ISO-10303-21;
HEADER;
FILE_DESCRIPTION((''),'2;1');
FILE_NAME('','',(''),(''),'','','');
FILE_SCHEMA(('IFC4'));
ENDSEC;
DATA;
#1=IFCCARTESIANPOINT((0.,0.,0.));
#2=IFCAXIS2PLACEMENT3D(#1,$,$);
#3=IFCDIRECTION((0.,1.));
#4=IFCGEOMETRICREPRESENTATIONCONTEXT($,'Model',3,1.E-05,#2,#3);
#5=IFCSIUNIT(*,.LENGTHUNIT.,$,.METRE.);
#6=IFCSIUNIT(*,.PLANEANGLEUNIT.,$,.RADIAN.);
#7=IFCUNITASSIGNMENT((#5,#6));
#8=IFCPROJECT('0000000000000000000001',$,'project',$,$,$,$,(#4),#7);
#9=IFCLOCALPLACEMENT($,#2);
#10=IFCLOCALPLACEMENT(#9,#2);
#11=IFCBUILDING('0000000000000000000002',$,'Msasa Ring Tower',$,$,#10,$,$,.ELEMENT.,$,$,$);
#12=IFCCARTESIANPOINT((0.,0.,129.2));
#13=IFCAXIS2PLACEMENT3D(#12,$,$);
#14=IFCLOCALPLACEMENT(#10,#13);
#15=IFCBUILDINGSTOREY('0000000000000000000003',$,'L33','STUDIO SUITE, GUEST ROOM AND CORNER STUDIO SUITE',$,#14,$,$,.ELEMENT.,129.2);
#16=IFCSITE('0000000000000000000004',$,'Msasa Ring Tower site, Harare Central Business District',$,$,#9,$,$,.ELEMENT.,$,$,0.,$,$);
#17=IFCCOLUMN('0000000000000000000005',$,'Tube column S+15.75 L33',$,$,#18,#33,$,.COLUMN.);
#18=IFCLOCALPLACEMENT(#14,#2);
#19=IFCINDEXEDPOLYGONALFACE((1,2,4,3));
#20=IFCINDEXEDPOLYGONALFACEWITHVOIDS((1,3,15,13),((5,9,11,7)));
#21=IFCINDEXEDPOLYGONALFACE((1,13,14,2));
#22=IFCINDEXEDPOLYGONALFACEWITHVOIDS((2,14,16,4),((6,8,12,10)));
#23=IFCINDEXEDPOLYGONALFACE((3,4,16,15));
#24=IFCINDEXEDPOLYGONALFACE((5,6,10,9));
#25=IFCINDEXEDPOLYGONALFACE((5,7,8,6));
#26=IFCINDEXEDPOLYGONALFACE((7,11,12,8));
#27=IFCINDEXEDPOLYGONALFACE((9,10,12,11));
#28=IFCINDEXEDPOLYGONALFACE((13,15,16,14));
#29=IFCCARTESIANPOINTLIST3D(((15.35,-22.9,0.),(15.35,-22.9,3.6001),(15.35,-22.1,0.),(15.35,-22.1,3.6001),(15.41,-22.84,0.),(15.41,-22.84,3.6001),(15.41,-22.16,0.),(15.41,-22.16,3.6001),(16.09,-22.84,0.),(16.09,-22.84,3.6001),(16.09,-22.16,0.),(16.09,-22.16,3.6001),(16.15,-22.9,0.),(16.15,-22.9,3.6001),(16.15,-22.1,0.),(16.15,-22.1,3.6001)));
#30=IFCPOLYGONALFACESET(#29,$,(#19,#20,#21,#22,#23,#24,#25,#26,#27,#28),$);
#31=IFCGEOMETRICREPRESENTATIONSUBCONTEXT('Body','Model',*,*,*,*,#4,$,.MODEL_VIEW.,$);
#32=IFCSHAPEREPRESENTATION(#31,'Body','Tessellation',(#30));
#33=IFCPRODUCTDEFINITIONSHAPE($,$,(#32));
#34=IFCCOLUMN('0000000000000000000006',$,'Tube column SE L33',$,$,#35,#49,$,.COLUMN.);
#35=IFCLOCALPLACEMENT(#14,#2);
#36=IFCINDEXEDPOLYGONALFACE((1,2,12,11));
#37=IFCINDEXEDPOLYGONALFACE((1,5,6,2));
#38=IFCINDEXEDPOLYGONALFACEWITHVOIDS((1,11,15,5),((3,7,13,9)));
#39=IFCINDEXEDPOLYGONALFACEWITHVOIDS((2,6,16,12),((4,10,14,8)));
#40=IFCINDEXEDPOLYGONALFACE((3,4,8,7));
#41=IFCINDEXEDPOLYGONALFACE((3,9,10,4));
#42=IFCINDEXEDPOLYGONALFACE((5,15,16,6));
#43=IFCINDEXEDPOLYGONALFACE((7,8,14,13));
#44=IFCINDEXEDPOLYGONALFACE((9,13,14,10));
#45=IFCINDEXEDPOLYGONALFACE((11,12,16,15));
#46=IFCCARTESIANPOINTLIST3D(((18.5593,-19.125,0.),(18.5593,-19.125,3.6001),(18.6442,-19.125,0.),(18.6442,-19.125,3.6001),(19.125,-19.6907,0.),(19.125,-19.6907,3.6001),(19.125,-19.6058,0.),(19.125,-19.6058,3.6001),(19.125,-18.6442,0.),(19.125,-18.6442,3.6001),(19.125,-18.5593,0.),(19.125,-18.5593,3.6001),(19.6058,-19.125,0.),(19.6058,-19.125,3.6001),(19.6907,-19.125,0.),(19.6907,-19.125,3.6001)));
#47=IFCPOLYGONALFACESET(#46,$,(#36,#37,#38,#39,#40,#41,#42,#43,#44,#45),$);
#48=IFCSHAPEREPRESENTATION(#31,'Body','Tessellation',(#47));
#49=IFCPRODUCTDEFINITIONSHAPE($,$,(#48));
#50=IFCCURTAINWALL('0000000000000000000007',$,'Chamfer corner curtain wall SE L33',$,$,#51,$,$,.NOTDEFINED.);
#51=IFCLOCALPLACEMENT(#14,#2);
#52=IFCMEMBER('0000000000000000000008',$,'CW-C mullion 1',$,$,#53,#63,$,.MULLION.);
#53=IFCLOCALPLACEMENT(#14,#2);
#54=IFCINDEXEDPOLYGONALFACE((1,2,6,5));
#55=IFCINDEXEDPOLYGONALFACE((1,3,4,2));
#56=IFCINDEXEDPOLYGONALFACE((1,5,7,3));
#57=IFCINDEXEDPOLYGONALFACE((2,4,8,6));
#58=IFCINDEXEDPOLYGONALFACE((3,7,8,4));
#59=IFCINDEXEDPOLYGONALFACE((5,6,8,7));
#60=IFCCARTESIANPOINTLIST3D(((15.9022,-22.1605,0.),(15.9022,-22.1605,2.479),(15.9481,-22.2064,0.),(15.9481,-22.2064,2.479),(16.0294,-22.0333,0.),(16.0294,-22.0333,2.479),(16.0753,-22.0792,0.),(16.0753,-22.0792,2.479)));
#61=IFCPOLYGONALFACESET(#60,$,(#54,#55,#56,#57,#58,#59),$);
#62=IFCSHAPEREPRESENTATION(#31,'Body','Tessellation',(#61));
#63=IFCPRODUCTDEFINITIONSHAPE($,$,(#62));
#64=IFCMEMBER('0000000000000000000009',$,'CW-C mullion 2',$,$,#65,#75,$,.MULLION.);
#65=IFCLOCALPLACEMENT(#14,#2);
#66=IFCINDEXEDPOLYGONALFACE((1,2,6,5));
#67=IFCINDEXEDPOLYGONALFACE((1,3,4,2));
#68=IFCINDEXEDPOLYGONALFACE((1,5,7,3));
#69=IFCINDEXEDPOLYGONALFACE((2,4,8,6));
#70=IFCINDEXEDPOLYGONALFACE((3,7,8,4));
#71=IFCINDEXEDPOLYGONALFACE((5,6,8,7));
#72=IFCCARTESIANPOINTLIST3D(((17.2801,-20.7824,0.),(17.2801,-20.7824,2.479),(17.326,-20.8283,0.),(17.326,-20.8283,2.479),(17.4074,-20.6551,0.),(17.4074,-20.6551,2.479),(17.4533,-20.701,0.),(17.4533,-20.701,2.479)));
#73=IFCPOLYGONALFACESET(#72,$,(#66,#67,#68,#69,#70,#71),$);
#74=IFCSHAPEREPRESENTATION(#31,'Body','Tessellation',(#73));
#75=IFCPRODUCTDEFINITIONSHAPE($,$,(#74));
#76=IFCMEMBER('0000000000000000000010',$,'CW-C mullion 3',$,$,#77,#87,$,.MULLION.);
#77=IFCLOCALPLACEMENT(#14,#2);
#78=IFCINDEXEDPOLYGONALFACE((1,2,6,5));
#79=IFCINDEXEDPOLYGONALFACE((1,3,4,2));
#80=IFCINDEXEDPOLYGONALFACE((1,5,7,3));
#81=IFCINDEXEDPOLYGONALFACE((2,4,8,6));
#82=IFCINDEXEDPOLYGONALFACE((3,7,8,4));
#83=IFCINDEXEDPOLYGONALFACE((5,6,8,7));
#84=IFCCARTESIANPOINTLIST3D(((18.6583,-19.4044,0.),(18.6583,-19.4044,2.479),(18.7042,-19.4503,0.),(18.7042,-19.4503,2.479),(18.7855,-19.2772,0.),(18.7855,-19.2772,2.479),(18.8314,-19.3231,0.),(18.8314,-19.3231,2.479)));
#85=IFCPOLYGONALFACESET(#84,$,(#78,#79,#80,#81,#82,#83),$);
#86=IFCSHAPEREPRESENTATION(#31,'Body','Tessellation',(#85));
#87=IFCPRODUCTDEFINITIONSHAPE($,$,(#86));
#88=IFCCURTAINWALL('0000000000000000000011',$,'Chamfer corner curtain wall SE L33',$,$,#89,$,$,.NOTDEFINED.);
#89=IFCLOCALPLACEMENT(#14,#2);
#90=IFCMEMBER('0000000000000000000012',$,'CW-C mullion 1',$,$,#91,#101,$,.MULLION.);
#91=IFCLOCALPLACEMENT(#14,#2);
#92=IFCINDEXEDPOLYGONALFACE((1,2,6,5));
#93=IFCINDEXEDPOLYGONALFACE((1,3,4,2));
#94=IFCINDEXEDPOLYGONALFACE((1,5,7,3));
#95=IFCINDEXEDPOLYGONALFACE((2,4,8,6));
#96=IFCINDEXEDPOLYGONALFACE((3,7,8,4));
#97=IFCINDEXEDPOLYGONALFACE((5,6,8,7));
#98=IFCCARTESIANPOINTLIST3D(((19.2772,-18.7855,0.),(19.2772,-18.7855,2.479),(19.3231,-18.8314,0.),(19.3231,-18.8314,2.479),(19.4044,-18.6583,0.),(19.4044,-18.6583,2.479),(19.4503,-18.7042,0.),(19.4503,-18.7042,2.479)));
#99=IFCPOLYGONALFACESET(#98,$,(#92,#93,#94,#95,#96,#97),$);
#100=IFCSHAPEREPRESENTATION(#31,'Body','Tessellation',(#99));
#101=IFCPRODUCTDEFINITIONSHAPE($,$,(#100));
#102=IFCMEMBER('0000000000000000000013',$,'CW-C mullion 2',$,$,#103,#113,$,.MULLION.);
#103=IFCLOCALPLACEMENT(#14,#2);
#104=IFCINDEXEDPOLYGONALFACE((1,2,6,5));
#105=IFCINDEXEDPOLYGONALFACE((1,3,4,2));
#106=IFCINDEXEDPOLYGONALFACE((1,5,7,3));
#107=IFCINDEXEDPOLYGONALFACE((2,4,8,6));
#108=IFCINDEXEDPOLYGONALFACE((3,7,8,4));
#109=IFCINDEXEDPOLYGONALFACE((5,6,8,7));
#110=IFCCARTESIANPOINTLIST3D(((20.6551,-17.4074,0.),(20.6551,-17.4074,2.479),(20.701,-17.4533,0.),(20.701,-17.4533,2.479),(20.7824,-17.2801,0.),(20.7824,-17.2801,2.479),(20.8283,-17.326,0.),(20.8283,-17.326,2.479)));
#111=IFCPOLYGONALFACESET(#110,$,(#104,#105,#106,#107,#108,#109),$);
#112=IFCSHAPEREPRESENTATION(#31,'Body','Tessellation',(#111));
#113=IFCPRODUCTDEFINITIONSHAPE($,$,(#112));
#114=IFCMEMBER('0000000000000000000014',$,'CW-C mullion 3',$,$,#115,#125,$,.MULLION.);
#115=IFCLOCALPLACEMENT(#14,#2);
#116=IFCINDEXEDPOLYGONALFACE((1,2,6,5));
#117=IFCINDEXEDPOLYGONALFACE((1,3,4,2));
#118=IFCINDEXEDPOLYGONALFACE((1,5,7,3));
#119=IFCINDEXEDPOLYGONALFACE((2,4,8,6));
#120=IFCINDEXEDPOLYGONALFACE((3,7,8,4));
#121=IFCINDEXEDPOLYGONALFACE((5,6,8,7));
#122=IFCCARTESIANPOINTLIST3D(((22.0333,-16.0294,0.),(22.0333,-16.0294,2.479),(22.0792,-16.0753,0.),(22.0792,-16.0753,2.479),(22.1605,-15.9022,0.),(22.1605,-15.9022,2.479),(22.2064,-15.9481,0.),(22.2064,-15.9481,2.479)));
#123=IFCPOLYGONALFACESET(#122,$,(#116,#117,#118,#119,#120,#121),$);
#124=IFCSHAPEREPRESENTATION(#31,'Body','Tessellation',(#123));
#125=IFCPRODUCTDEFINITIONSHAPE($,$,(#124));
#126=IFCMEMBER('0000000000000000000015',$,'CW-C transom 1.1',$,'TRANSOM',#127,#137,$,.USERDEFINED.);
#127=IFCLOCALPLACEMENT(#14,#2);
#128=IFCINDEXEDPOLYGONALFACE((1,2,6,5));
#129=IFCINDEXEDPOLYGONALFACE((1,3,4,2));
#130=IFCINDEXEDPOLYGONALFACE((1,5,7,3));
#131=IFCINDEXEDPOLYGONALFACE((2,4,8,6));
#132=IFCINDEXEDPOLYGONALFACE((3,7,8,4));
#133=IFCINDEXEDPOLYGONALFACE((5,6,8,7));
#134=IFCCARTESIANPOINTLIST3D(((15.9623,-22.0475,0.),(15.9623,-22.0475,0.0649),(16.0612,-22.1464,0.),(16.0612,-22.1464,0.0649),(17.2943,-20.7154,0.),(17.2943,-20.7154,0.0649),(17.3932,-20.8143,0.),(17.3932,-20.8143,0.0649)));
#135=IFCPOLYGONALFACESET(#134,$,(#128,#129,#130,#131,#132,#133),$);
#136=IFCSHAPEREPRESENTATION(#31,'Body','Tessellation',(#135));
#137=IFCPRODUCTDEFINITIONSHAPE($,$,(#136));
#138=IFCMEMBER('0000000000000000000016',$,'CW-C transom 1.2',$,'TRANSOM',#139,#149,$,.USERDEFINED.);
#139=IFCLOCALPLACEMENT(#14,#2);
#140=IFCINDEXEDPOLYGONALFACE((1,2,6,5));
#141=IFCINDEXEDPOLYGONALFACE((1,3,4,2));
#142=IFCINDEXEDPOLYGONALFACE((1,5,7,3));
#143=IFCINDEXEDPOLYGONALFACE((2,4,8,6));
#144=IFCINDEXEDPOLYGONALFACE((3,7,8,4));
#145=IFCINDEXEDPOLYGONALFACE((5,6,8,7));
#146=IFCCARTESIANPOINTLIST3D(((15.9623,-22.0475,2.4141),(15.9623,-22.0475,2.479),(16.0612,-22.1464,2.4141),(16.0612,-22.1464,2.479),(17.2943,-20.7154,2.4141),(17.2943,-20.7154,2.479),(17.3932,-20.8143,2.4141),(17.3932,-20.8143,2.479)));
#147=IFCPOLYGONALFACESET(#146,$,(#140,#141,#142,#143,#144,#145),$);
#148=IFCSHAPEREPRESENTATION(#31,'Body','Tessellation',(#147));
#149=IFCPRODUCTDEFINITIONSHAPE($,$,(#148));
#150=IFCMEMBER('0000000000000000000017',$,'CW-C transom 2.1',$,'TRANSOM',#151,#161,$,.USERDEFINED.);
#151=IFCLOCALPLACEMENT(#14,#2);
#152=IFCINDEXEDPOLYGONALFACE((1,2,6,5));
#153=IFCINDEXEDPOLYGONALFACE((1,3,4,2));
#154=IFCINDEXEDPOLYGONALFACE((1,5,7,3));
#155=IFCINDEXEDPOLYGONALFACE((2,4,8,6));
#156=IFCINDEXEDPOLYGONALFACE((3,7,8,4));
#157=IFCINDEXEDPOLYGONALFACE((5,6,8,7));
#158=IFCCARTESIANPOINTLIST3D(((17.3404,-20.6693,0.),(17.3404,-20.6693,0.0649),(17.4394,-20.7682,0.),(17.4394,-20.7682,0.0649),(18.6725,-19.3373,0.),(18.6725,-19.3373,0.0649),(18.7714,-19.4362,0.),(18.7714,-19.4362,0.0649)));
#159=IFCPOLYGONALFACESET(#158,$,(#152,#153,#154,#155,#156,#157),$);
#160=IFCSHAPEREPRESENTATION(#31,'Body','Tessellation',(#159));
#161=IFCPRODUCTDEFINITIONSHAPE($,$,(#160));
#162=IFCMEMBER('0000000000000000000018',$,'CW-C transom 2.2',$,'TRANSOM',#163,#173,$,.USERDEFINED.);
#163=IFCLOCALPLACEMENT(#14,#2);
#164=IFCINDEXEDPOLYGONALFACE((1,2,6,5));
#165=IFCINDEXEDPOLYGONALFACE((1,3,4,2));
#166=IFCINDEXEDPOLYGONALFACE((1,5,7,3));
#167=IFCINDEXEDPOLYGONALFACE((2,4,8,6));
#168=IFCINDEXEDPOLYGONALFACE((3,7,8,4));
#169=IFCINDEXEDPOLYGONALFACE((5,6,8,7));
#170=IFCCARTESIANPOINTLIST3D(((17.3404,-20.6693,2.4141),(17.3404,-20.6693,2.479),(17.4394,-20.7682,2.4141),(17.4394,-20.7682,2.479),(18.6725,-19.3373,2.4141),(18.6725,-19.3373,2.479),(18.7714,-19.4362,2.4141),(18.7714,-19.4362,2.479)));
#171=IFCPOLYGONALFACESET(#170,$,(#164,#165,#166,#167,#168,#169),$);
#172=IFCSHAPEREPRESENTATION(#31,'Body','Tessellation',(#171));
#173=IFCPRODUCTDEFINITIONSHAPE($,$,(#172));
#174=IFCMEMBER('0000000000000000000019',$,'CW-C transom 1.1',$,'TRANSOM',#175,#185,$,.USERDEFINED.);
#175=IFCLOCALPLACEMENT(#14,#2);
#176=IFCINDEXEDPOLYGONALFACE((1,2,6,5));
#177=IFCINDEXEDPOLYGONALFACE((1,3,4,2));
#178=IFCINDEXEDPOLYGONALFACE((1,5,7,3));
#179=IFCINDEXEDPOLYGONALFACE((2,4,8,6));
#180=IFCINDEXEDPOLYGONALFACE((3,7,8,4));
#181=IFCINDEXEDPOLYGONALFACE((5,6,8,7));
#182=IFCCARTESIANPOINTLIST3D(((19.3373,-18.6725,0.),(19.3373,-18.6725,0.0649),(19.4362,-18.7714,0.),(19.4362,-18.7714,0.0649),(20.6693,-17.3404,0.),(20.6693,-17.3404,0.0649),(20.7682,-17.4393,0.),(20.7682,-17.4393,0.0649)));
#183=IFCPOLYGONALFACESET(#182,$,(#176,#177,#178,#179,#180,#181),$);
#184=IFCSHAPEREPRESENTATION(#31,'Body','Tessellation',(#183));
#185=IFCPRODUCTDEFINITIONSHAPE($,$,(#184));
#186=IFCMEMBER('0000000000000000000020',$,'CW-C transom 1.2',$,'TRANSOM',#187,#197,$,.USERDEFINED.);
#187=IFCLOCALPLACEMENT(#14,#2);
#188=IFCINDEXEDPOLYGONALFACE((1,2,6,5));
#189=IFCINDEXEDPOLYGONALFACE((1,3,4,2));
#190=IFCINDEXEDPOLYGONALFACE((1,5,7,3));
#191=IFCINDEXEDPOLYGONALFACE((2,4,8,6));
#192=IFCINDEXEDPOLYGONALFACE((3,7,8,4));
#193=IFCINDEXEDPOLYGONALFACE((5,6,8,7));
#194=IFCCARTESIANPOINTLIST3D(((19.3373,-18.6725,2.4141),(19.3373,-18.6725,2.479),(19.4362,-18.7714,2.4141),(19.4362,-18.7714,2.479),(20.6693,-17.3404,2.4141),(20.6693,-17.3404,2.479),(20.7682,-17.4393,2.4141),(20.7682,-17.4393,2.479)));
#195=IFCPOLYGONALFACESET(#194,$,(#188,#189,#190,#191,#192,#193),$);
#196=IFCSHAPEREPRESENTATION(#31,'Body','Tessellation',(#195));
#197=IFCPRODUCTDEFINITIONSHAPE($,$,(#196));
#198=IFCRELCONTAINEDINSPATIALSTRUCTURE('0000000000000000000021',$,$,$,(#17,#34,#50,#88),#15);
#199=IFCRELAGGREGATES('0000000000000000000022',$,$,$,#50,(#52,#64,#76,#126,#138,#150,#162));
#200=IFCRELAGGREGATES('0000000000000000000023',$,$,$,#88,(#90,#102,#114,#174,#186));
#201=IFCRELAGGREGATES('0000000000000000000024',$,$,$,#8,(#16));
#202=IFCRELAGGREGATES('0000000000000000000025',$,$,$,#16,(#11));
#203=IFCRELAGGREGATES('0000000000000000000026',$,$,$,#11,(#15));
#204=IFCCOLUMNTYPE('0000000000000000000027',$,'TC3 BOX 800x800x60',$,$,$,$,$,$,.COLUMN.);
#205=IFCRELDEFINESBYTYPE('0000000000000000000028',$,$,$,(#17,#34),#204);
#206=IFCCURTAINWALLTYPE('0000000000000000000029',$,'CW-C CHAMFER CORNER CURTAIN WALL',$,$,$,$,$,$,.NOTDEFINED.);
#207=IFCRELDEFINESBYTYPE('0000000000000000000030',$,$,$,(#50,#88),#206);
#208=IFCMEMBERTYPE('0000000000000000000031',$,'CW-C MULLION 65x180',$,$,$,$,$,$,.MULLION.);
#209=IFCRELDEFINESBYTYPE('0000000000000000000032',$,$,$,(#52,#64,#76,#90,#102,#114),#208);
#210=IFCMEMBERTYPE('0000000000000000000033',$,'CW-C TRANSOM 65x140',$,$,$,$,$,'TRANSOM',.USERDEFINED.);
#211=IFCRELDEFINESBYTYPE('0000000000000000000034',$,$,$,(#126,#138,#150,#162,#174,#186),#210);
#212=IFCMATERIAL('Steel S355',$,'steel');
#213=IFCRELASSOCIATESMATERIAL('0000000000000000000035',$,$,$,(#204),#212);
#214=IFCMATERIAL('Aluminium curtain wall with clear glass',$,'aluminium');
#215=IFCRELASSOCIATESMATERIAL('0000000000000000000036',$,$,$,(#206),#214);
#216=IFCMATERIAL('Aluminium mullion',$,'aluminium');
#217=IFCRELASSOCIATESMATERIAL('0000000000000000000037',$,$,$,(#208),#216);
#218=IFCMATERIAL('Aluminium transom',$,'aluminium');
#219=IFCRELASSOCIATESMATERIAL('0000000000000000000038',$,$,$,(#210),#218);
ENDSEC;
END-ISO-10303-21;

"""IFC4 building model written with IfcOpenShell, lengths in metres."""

from ifc_helpers import new_model, si_unit, direction, frame, origin, origin_2d, place, context, subcontext, project, spatial, rectangle, hollow_rectangle, extrude, material, material_profile, profile_set, type_object, element, aggregate, save


model = new_model("IFC4")

# Units and contexts
model_context = context("Model", 3, precision=1e-05, world=origin(), true_north=direction((0.0, 1.0)))
body_context = subcontext(model_context, "Body", "Model", "MODEL_VIEW")
ifc_project = project(units=[si_unit("LENGTHUNIT", "METRE"), si_unit("PLANEANGLEUNIT", "RADIAN")], contexts=[model_context])

# Site, building, storey
site_placement = place(None, origin())
site = spatial("IfcSite", under=ifc_project, at=site_placement, Name="Msasa Ring Tower site, Harare Central Business District", CompositionType="ELEMENT", RefElevation=0.0)
building_placement = place(site_placement, origin())
building = spatial("IfcBuilding", under=site, at=building_placement, Name="Msasa Ring Tower", CompositionType="ELEMENT")
storey_placement = place(building_placement, frame((0.0, 0.0, 129.2)))
storey = spatial("IfcBuildingStorey", under=building, at=storey_placement, Name="L33", Description="STUDIO SUITE, GUEST ROOM AND CORNER STUDIO SUITE", CompositionType="ELEMENT", Elevation=129.2)

# Columns
ifc_material_1 = material(Name="Steel S355", Category="steel")
ifc_material_profile_1 = material_profile(ifc_material_1, hollow_rectangle(XDim=0.8, YDim=0.8, WallThickness=0.0601, at=origin_2d()), Name="BOX 800x800x60")
ifc_profile_set_1 = profile_set([ifc_material_profile_1], Name="Steel S355")
column_type = type_object("IfcColumnType", Name="TC3 BOX 800x800x60", PredefinedType="COLUMN", material=ifc_profile_set_1)
for number, where, z_axis, x_axis, name in (
    (1, (15.75, -22.5, 0.0), (0.0, 0.0, 1.0), (0.0, 1.0, 0.0), "Tube column S+15.75 L33"),
    (2, (19.125, -19.125, 0.0), (0.0, 0.0, 1.0), (0.707107, -0.707107, 0.0), "Tube column SE L33"),
):
    element("IfcColumn", number, at=place(storey_placement, frame(where, z_axis=z_axis, x_axis=x_axis)), inside=storey, type_object=column_type, Name=name, PredefinedType="COLUMN", context=body_context, shape_type="SweptSolid", body=[
        extrude(hollow_rectangle(XDim=0.8, YDim=0.8, WallThickness=0.0601, at=origin_2d()), origin(), (0.0, 0.0, 1.0), 3.6001),
    ])

# Curtain walls, members
ifc_material_2 = material(Name="Aluminium curtain wall with clear glass", Category="aluminium")
curtain_wall_type = type_object("IfcCurtainWallType", Name="CW-C CHAMFER CORNER CURTAIN WALL", PredefinedType="NOTDEFINED", material=ifc_material_2)
curtain_wall_1_placement = place(storey_placement, origin())
curtain_wall_1 = element("IfcCurtainWall", 3, at=curtain_wall_1_placement, inside=storey, type_object=curtain_wall_type, Name="Chamfer corner curtain wall SE L33", PredefinedType="NOTDEFINED")
ifc_material_3 = material(Name="Aluminium mullion", Category="aluminium")
ifc_material_profile_2 = material_profile(ifc_material_3, rectangle(XDim=0.0649, YDim=0.1799, at=origin_2d()), Name="AL 65x180")
ifc_profile_set_2 = profile_set([ifc_material_profile_2], Name="Aluminium mullion")
member_type_1 = type_object("IfcMemberType", Name="CW-C MULLION 65x180", PredefinedType="MULLION", material=ifc_profile_set_2)
member_1_placement = place(storey_placement, frame((15.9888, -22.1199, 0.0), z_axis=(0.0, 0.0, 1.0), x_axis=(-0.707107, 0.707107, 0.0)))
member_1 = element("IfcMember", 4, at=member_1_placement, type_object=member_type_1, Name="CW-C mullion 1", PredefinedType="MULLION", context=body_context, shape_type="SweptSolid", body=[
    extrude(rectangle(XDim=0.0649, YDim=0.1799, at=origin_2d()), origin(), (0.0, 0.0, 1.0), 2.479),
])
member_2_placement = place(storey_placement, frame((17.3667, -20.7417, 0.0), z_axis=(0.0, 0.0, 1.0), x_axis=(-0.707107, 0.707107, 0.0)))
member_2 = element("IfcMember", 5, at=member_2_placement, type_object=member_type_1, Name="CW-C mullion 2", PredefinedType="MULLION", context=body_context, shape_type="SweptSolid", body=[
    extrude(rectangle(XDim=0.0649, YDim=0.1799, at=origin_2d()), origin(), (0.0, 0.0, 1.0), 2.479),
])
member_3_placement = place(storey_placement, frame((18.7449, -19.3638, 0.0), z_axis=(0.0, 0.0, 1.0), x_axis=(-0.707107, 0.707107, 0.0)))
member_3 = element("IfcMember", 6, at=member_3_placement, type_object=member_type_1, Name="CW-C mullion 3", PredefinedType="MULLION", context=body_context, shape_type="SweptSolid", body=[
    extrude(rectangle(XDim=0.0649, YDim=0.1799, at=origin_2d()), origin(), (0.0, 0.0, 1.0), 2.479),
])
curtain_wall_2_placement = place(storey_placement, origin())
curtain_wall_2 = element("IfcCurtainWall", 7, at=curtain_wall_2_placement, inside=storey, type_object=curtain_wall_type, Name="Chamfer corner curtain wall SE L33", PredefinedType="NOTDEFINED")
member_4_placement = place(storey_placement, frame((19.3638, -18.7449, 0.0), z_axis=(0.0, 0.0, 1.0), x_axis=(-0.707107, 0.707107, 0.0)))
member_4 = element("IfcMember", 8, at=member_4_placement, type_object=member_type_1, Name="CW-C mullion 1", PredefinedType="MULLION", context=body_context, shape_type="SweptSolid", body=[
    extrude(rectangle(XDim=0.0649, YDim=0.1799, at=origin_2d()), origin(), (0.0, 0.0, 1.0), 2.479),
])
member_5_placement = place(storey_placement, frame((20.7417, -17.3667, 0.0), z_axis=(0.0, 0.0, 1.0), x_axis=(-0.707107, 0.707107, 0.0)))
member_5 = element("IfcMember", 9, at=member_5_placement, type_object=member_type_1, Name="CW-C mullion 2", PredefinedType="MULLION", context=body_context, shape_type="SweptSolid", body=[
    extrude(rectangle(XDim=0.0649, YDim=0.1799, at=origin_2d()), origin(), (0.0, 0.0, 1.0), 2.479),
])
member_6_placement = place(storey_placement, frame((22.1199, -15.9888, 0.0), z_axis=(0.0, 0.0, 1.0), x_axis=(-0.707107, 0.707107, 0.0)))
member_6 = element("IfcMember", 10, at=member_6_placement, type_object=member_type_1, Name="CW-C mullion 3", PredefinedType="MULLION", context=body_context, shape_type="SweptSolid", body=[
    extrude(rectangle(XDim=0.0649, YDim=0.1799, at=origin_2d()), origin(), (0.0, 0.0, 1.0), 2.479),
])

# Members
ifc_material_4 = material(Name="Aluminium transom", Category="aluminium")
ifc_material_profile_3 = material_profile(ifc_material_4, rectangle(XDim=0.1399, YDim=0.0649, at=origin_2d()), Name="AL 65x140")
ifc_profile_set_3 = profile_set([ifc_material_profile_3], Name="Aluminium transom")
member_type_2 = type_object("IfcMemberType", Name="CW-C TRANSOM 65x140", ElementType="TRANSOM", PredefinedType="USERDEFINED", material=ifc_profile_set_3)
member_7_placement = place(storey_placement, frame((16.0117, -22.0969, 0.0325), z_axis=(0.707107, 0.707107, 0.0), x_axis=(-0.707107, 0.707107, 0.0)))
member_7 = element("IfcMember", 11, at=member_7_placement, type_object=member_type_2, Name="CW-C transom 1.1", ObjectType="TRANSOM", PredefinedType="USERDEFINED", context=body_context, shape_type="SweptSolid", body=[
    extrude(rectangle(XDim=0.1399, YDim=0.0649, at=origin_2d()), origin(), (0.0, 0.0, 1.0), 1.8838),
])
member_8_placement = place(storey_placement, frame((16.0117, -22.0969, 2.4465), z_axis=(0.707107, 0.707107, 0.0), x_axis=(-0.707107, 0.707107, 0.0)))
member_8 = element("IfcMember", 12, at=member_8_placement, type_object=member_type_2, Name="CW-C transom 1.2", ObjectType="TRANSOM", PredefinedType="USERDEFINED", context=body_context, shape_type="SweptSolid", body=[
    extrude(rectangle(XDim=0.1399, YDim=0.0649, at=origin_2d()), origin(), (0.0, 0.0, 1.0), 1.8838),
])
member_9_placement = place(storey_placement, frame((17.3899, -20.7188, 0.0325), z_axis=(0.707107, 0.707107, 0.0), x_axis=(-0.707107, 0.707107, 0.0)))
member_9 = element("IfcMember", 13, at=member_9_placement, type_object=member_type_2, Name="CW-C transom 2.1", ObjectType="TRANSOM", PredefinedType="USERDEFINED", context=body_context, shape_type="SweptSolid", body=[
    extrude(rectangle(XDim=0.1399, YDim=0.0649, at=origin_2d()), origin(), (0.0, 0.0, 1.0), 1.8838),
])
member_10_placement = place(storey_placement, frame((17.3899, -20.7188, 2.4465), z_axis=(0.707107, 0.707107, 0.0), x_axis=(-0.707107, 0.707107, 0.0)))
member_10 = element("IfcMember", 14, at=member_10_placement, type_object=member_type_2, Name="CW-C transom 2.2", ObjectType="TRANSOM", PredefinedType="USERDEFINED", context=body_context, shape_type="SweptSolid", body=[
    extrude(rectangle(XDim=0.1399, YDim=0.0649, at=origin_2d()), origin(), (0.0, 0.0, 1.0), 1.8838),
])
member_11_placement = place(storey_placement, frame((19.3867, -18.7219, 0.0325), z_axis=(0.707107, 0.707107, 0.0), x_axis=(-0.707107, 0.707107, 0.0)))
member_11 = element("IfcMember", 15, at=member_11_placement, type_object=member_type_2, Name="CW-C transom 1.1", ObjectType="TRANSOM", PredefinedType="USERDEFINED", context=body_context, shape_type="SweptSolid", body=[
    extrude(rectangle(XDim=0.1399, YDim=0.0649, at=origin_2d()), origin(), (0.0, 0.0, 1.0), 1.8838),
])
member_12_placement = place(storey_placement, frame((19.3867, -18.7219, 2.4465), z_axis=(0.707107, 0.707107, 0.0), x_axis=(-0.707107, 0.707107, 0.0)))
member_12 = element("IfcMember", 16, at=member_12_placement, type_object=member_type_2, Name="CW-C transom 1.2", ObjectType="TRANSOM", PredefinedType="USERDEFINED", context=body_context, shape_type="SweptSolid", body=[
    extrude(rectangle(XDim=0.1399, YDim=0.0649, at=origin_2d()), origin(), (0.0, 0.0, 1.0), 1.8838),
])

aggregate(curtain_wall_1, [member_1, member_2, member_3, member_7, member_8, member_9, member_10])
aggregate(curtain_wall_2, [member_4, member_5, member_6, member_11, member_12])

save(model, "model.ifc")
